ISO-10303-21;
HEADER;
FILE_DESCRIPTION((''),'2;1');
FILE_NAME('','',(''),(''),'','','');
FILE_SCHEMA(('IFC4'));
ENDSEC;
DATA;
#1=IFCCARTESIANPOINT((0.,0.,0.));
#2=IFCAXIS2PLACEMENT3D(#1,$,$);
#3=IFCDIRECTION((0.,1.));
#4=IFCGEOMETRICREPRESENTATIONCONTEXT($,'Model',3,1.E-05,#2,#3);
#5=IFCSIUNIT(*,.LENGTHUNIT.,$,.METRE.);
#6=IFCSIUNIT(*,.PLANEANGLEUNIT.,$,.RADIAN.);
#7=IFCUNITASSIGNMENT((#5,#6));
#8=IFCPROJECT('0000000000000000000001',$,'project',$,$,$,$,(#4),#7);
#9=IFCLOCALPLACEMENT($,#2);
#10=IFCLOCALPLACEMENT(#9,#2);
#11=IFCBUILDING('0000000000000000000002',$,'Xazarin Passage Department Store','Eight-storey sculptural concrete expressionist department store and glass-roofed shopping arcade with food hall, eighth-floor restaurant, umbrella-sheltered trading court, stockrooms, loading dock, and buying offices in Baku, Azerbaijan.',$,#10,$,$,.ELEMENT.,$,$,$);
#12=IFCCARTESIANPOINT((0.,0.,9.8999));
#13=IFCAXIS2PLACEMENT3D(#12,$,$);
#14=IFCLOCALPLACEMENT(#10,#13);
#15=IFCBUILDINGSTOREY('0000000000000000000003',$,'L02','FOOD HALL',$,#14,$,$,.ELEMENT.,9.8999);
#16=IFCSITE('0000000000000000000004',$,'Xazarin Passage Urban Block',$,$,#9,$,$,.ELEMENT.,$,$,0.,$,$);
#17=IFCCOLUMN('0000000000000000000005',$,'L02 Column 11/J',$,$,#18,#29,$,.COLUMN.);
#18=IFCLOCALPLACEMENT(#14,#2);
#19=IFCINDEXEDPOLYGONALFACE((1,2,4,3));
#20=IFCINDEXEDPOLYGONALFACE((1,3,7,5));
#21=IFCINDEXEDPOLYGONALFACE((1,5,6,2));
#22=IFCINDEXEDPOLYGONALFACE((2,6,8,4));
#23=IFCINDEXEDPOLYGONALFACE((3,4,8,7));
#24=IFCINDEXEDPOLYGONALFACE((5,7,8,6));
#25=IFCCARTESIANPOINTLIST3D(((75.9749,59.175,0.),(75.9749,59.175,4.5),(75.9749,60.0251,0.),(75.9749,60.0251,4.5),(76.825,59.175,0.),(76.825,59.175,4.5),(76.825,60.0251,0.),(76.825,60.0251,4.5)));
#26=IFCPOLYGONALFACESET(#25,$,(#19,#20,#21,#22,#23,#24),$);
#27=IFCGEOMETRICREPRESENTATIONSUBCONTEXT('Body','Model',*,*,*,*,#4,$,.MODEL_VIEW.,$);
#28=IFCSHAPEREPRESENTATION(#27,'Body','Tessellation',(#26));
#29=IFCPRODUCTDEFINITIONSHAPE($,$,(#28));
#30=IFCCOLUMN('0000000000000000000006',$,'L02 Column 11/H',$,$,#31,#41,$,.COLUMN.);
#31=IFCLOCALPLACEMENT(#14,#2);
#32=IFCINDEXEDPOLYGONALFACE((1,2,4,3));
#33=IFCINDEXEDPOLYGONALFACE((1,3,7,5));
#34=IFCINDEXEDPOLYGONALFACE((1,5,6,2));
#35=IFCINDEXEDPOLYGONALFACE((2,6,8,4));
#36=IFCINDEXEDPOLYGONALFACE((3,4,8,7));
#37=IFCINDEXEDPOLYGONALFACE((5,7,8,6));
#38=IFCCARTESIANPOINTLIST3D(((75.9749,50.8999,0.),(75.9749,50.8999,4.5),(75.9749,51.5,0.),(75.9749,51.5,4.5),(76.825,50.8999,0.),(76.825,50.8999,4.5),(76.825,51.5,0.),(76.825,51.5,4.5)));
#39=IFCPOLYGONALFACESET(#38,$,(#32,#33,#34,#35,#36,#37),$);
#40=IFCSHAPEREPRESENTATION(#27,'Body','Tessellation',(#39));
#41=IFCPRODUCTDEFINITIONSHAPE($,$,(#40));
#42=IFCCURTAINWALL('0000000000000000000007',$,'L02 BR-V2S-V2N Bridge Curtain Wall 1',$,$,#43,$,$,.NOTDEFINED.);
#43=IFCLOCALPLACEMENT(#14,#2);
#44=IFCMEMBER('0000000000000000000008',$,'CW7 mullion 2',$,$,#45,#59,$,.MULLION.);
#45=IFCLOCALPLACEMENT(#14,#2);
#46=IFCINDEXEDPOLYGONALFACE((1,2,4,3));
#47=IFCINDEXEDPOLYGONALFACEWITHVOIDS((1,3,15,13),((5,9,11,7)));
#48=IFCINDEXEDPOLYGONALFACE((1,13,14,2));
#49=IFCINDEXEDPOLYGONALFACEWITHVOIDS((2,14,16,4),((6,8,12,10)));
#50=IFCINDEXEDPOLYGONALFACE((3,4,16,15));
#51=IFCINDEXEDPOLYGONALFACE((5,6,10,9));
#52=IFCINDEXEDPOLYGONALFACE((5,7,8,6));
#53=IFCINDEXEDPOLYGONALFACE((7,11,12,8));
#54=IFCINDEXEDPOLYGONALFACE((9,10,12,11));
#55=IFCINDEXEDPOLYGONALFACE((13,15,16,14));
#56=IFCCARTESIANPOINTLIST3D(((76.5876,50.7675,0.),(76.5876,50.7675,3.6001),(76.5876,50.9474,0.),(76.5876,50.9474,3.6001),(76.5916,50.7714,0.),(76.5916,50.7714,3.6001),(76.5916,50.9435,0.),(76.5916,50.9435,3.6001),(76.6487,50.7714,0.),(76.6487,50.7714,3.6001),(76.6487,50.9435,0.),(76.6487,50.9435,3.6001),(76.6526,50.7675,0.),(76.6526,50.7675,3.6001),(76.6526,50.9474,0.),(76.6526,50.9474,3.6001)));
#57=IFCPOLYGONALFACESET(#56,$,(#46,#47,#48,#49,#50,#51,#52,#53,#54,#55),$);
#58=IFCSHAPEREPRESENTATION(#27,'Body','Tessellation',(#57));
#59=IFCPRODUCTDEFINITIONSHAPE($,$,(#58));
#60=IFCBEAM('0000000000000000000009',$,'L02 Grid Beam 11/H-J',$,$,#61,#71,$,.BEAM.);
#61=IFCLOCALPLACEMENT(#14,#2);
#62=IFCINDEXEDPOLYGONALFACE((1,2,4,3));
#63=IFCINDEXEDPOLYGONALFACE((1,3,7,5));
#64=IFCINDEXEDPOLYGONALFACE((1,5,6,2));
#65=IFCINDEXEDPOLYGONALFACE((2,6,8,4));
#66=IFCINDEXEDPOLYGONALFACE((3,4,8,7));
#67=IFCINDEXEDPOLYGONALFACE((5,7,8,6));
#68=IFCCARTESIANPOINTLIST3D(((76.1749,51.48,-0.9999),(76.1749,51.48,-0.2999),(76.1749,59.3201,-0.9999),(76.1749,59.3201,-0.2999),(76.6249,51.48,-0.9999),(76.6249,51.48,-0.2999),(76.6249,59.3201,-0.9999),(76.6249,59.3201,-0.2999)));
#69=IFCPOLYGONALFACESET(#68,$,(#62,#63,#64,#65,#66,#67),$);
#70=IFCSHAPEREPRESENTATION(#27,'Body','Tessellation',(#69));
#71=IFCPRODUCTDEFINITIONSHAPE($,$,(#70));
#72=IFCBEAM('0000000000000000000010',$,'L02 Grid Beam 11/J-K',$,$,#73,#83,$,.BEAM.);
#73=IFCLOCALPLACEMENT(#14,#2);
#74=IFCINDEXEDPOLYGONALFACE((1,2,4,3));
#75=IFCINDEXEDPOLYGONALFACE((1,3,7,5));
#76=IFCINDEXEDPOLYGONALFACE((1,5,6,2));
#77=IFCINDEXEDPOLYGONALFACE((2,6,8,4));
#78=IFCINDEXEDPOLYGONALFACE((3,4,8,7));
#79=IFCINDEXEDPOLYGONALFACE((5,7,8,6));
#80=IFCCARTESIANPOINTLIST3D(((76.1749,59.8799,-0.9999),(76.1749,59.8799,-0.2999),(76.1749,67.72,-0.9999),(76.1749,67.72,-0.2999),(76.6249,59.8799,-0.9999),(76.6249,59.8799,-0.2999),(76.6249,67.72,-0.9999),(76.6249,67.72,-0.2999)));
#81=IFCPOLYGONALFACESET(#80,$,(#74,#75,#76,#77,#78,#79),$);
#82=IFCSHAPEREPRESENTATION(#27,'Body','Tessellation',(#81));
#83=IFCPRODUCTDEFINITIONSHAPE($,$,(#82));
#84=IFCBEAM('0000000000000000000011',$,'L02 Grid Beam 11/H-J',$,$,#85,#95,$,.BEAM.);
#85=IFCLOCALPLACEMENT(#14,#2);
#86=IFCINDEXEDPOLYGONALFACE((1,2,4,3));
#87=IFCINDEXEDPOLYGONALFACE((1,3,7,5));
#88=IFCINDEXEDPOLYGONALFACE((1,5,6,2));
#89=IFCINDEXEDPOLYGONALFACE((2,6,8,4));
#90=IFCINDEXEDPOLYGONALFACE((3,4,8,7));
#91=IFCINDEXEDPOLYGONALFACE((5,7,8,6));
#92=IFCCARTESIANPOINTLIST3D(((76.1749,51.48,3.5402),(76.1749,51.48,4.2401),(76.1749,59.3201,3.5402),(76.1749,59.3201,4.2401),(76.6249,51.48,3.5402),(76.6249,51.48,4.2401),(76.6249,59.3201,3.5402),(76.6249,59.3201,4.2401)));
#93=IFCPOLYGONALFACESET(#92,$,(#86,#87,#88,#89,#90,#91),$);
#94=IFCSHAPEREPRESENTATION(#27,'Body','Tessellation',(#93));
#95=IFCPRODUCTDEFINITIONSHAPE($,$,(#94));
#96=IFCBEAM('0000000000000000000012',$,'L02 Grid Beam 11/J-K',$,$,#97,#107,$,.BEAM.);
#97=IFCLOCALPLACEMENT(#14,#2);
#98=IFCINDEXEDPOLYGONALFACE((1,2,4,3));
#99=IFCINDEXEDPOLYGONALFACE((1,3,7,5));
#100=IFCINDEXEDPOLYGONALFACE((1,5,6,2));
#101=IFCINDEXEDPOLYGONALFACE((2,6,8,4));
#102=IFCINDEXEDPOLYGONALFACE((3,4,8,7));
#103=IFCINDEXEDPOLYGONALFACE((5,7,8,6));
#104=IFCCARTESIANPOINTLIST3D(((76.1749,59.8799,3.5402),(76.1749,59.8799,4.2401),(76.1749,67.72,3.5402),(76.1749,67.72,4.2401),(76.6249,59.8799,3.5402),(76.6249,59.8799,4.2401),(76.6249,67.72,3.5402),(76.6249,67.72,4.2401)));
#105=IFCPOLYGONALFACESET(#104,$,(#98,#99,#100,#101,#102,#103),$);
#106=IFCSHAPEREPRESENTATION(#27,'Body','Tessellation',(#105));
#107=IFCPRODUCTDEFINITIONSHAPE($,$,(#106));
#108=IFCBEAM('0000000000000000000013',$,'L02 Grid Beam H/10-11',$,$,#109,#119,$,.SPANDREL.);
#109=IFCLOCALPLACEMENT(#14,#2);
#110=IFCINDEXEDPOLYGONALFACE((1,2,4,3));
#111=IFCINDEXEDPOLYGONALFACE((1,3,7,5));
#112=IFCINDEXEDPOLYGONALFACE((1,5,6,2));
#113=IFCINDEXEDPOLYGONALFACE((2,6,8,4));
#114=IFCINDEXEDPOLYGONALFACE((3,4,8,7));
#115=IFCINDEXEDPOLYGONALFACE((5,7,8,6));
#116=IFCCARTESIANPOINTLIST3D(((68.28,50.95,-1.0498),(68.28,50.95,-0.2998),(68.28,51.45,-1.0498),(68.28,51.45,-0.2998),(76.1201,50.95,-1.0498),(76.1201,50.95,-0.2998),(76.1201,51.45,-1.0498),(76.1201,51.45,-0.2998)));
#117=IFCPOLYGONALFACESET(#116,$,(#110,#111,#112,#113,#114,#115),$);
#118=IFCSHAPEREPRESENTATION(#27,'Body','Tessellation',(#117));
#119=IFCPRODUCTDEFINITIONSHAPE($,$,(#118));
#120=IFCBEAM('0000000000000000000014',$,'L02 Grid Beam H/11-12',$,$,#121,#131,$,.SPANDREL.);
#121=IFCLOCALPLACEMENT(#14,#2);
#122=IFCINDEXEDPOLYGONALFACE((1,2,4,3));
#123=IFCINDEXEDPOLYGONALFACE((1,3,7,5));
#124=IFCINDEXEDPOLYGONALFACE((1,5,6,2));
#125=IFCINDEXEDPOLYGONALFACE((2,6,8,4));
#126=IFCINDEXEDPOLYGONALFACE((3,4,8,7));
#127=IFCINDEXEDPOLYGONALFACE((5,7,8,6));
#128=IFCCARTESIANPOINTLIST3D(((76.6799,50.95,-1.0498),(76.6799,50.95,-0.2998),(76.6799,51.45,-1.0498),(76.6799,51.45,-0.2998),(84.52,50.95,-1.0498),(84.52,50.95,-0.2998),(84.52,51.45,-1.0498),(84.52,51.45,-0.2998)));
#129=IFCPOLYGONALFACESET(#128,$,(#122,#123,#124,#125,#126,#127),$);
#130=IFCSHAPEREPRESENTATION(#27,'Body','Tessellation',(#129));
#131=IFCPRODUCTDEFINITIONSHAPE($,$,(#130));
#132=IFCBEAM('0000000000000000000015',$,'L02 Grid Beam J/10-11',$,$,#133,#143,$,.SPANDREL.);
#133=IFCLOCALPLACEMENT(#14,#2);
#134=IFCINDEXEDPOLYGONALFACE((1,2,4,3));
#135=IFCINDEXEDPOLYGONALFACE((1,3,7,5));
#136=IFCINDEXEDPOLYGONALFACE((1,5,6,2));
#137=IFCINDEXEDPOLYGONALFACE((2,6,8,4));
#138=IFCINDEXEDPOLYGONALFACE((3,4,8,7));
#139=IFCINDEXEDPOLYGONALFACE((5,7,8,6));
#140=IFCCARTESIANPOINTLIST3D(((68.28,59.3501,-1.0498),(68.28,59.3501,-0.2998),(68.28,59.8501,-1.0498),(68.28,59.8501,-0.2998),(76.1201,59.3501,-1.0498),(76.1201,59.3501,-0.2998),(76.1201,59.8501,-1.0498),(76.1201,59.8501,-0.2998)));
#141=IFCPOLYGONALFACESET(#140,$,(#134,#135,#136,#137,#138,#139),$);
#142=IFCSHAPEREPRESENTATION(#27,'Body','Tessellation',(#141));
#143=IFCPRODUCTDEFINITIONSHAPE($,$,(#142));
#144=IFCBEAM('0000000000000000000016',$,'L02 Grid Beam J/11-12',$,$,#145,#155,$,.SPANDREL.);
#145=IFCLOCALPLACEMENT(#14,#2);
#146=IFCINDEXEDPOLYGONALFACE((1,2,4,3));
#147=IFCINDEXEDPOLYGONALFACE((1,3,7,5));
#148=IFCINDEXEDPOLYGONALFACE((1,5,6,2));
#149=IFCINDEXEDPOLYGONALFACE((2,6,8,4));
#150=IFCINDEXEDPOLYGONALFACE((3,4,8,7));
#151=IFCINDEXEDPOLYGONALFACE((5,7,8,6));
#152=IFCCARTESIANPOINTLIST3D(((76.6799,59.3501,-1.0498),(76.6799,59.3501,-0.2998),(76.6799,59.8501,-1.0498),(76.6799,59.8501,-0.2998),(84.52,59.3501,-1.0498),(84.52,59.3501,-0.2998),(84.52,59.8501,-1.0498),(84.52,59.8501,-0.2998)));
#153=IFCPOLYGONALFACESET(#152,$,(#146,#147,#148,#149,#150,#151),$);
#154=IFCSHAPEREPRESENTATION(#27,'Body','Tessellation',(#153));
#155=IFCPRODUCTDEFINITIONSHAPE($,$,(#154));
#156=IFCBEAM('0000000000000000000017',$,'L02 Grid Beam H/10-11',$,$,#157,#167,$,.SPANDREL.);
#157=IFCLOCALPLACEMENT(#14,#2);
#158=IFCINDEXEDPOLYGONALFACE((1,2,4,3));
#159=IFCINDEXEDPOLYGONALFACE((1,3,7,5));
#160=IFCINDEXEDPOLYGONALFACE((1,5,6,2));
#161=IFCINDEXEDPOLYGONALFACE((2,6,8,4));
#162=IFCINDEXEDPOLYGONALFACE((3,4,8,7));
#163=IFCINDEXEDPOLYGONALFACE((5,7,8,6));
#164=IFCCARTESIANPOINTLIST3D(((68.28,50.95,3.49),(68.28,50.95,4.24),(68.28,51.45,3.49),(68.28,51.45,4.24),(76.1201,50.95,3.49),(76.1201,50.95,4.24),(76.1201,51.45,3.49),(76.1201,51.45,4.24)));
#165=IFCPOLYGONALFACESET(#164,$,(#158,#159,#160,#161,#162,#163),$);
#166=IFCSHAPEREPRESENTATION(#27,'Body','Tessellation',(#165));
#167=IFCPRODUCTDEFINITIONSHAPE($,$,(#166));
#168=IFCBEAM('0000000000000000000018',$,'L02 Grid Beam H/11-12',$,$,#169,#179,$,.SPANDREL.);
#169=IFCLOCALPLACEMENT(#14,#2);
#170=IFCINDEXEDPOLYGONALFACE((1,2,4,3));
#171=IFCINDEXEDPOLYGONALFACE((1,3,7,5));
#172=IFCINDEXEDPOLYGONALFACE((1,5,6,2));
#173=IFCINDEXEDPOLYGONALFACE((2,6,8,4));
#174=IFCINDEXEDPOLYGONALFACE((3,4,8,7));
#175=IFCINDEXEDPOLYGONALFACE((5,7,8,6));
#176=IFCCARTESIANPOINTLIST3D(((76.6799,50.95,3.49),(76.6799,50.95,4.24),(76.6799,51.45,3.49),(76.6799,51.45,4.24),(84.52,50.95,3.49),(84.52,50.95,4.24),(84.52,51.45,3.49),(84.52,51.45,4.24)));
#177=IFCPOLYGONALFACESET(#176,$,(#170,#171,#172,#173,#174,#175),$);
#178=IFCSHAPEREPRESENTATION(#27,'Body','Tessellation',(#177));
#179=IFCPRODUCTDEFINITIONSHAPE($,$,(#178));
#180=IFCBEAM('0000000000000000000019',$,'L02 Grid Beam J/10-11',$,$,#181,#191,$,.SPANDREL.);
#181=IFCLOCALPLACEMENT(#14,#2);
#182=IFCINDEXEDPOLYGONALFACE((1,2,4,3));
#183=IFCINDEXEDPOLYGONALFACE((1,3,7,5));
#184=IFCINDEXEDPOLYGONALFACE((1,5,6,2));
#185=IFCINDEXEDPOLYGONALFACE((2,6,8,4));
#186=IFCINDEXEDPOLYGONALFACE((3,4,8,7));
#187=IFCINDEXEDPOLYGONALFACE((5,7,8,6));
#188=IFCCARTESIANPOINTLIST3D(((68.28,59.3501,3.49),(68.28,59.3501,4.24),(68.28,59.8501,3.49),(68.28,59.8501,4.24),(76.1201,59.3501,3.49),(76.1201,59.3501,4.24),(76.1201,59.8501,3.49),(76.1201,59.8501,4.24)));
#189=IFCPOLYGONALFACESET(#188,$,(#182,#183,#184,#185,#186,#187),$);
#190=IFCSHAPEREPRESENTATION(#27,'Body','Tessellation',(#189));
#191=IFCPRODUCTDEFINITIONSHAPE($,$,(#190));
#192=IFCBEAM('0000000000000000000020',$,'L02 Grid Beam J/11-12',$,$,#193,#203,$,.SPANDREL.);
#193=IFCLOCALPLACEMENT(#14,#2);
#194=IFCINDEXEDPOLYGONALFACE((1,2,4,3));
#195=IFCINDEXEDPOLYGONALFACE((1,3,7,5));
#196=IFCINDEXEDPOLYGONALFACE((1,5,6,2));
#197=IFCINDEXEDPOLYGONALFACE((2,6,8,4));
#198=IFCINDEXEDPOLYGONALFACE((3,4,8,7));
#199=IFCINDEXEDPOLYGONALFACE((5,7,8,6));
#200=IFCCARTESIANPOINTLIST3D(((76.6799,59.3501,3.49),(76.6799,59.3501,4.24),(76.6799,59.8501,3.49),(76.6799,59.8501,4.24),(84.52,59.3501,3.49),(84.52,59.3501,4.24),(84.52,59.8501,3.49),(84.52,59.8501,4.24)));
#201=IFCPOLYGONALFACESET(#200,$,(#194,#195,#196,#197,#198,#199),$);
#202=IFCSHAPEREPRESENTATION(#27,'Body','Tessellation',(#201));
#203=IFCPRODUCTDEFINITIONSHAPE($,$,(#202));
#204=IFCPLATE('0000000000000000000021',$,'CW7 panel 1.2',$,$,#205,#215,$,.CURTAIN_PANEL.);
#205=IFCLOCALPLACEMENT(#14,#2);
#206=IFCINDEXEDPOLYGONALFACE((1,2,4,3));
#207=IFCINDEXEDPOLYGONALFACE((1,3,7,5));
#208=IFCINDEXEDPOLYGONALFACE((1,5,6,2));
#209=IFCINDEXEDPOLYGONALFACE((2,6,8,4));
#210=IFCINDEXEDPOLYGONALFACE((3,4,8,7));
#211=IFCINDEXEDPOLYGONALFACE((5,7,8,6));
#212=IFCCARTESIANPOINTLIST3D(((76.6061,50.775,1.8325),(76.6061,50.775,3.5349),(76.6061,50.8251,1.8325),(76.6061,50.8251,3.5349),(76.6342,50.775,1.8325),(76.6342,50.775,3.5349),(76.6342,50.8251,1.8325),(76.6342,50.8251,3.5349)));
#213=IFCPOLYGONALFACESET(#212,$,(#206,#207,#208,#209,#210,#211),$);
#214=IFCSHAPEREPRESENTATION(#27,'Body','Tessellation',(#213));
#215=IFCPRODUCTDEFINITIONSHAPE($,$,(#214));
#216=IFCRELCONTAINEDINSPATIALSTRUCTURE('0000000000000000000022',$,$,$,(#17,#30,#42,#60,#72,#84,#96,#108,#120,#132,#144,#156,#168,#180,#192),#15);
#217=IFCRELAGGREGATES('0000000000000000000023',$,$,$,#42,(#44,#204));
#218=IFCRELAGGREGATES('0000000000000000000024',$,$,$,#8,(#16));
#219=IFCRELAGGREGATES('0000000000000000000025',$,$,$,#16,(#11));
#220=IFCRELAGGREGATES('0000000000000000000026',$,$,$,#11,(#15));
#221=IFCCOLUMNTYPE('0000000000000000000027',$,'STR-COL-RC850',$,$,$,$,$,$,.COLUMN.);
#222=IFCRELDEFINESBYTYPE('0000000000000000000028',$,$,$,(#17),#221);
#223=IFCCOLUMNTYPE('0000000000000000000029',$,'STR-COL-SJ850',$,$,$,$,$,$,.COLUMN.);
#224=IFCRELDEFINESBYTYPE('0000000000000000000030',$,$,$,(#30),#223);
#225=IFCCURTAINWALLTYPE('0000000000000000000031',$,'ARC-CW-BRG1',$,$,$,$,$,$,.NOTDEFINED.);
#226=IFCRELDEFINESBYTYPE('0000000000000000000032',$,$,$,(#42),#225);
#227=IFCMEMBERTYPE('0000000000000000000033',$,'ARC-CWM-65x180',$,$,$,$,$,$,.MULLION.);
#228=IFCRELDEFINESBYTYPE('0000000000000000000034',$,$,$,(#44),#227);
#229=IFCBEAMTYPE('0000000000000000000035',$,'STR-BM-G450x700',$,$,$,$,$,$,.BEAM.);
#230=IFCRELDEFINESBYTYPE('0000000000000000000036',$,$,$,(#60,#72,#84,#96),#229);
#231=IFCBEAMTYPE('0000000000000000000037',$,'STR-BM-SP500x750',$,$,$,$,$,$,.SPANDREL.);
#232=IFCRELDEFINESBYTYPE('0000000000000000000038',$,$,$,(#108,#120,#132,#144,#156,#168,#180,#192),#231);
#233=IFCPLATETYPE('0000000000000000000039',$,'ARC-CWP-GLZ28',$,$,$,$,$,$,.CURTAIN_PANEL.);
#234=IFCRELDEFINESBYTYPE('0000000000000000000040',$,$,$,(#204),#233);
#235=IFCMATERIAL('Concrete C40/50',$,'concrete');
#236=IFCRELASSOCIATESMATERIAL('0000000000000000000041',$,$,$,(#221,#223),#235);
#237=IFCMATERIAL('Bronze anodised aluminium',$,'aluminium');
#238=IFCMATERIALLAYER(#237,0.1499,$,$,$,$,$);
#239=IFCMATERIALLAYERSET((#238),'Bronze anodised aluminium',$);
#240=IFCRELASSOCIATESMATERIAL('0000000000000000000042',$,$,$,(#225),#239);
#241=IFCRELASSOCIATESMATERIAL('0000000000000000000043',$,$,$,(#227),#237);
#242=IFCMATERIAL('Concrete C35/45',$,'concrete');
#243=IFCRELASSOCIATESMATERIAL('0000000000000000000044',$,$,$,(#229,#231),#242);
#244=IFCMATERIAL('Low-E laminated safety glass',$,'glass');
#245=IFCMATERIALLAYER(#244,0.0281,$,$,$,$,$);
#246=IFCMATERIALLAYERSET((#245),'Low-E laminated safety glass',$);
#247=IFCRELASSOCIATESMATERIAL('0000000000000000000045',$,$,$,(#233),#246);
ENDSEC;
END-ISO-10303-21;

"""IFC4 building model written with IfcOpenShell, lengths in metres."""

from ifc_helpers import new_model, si_unit, direction, frame, origin, origin_2d, place, context, subcontext, project, spatial, rectangle, hollow_rectangle, extrude, material, layer, layer_set, material_profile, profile_set, type_object, element, aggregate, save


model = new_model("IFC4")

# Units and contexts
model_context = context("Model", 3, precision=1e-05, world=origin(), true_north=direction((0.0, 1.0)))
body_context = subcontext(model_context, "Body", "Model", "MODEL_VIEW")
ifc_project = project(units=[si_unit("LENGTHUNIT", "METRE"), si_unit("PLANEANGLEUNIT", "RADIAN")], contexts=[model_context])

# Site, building, storey
site_placement = place(None, origin())
site = spatial("IfcSite", under=ifc_project, at=site_placement, Name="Xazarin Passage Urban Block", CompositionType="ELEMENT", RefElevation=0.0)
building_placement = place(site_placement, origin())
building = spatial("IfcBuilding", under=site, at=building_placement, Name="Xazarin Passage Department Store", Description="Eight-storey sculptural concrete expressionist department store and glass-roofed shopping arcade with food hall, eighth-floor restaurant, umbrella-sheltered trading court, stockrooms, loading dock, and buying offices in Baku, Azerbaijan.", CompositionType="ELEMENT")
storey_placement = place(building_placement, frame((0.0, 0.0, 9.8999)))
storey = spatial("IfcBuildingStorey", under=building, at=storey_placement, Name="L02", Description="FOOD HALL", CompositionType="ELEMENT", Elevation=9.8999)

# Columns
ifc_material_1 = material(Name="Concrete C40/50", Category="concrete")
ifc_material_profile_1 = material_profile(ifc_material_1, rectangle(XDim=0.8501, YDim=0.8501, at=origin_2d()), Name="RC 850x850")
ifc_profile_set_1 = profile_set([ifc_material_profile_1], Name="Concrete C40/50")
column_type_1 = type_object("IfcColumnType", Name="STR-COL-RC850", PredefinedType="COLUMN", material=ifc_profile_set_1)
column_1_placement = place(storey_placement, frame((76.3999, 59.6001, 0.0), z_axis=(0.0, 0.0, 1.0), x_axis=(1.0, 0.0, 0.0)))
element("IfcColumn", 1, at=column_1_placement, inside=storey, type_object=column_type_1, Name="L02 Column 11/J", PredefinedType="COLUMN", context=body_context, shape_type="SweptSolid", body=[
    extrude(rectangle(XDim=0.8501, YDim=0.8501, at=origin_2d()), origin(), (0.0, 0.0, 1.0), 4.5),
])
ifc_material_profile_2 = material_profile(ifc_material_1, rectangle(XDim=0.6001, YDim=0.8501, at=origin_2d()), Name="RC 600x850")
ifc_profile_set_2 = profile_set([ifc_material_profile_2], Name="Concrete C40/50")
column_type_2 = type_object("IfcColumnType", Name="STR-COL-SJ850", PredefinedType="COLUMN", material=ifc_profile_set_2)
column_2_placement = place(storey_placement, frame((76.3999, 51.2, 0.0), z_axis=(0.0, 0.0, 1.0), x_axis=(0.0, 1.0, 0.0)))
element("IfcColumn", 2, at=column_2_placement, inside=storey, type_object=column_type_2, Name="L02 Column 11/H", PredefinedType="COLUMN", context=body_context, shape_type="SweptSolid", body=[
    extrude(rectangle(XDim=0.6001, YDim=0.8501, at=origin_2d()), origin(), (0.0, 0.0, 1.0), 4.5),
])

# Curtain wall, member
ifc_material_2 = material(Name="Bronze anodised aluminium", Category="aluminium")
ifc_layer_1 = layer(ifc_material_2, 0.1499)
ifc_layer_set_1 = layer_set([ifc_layer_1], Name="Bronze anodised aluminium")
curtain_wall_type = type_object("IfcCurtainWallType", Name="ARC-CW-BRG1", PredefinedType="NOTDEFINED", material=ifc_layer_set_1)
curtain_wall_placement = place(storey_placement, origin())
curtain_wall = element("IfcCurtainWall", 3, at=curtain_wall_placement, inside=storey, type_object=curtain_wall_type, Name="L02 BR-V2S-V2N Bridge Curtain Wall 1", PredefinedType="NOTDEFINED")
ifc_material_profile_3 = material_profile(ifc_material_2, hollow_rectangle(XDim=0.0649, YDim=0.1799, WallThickness=0.0039, at=origin_2d()), Name="ALU 65x180")
ifc_profile_set_3 = profile_set([ifc_material_profile_3], Name="Bronze anodised aluminium")
member_type = type_object("IfcMemberType", Name="ARC-CWM-65x180", PredefinedType="MULLION", material=ifc_profile_set_3)
member_placement = place(storey_placement, frame((76.6201, 50.8574, 0.0), z_axis=(0.0, 0.0, 1.0), x_axis=(-1.0, 0.0, 0.0)))
member = element("IfcMember", 4, at=member_placement, type_object=member_type, Name="CW7 mullion 2", PredefinedType="MULLION", context=body_context, shape_type="SweptSolid", body=[
    extrude(hollow_rectangle(XDim=0.0649, YDim=0.1799, WallThickness=0.0039, at=origin_2d()), origin(), (0.0, 0.0, 1.0), 3.6001),
])

# Beams
ifc_material_3 = material(Name="Concrete C35/45", Category="concrete")
ifc_material_profile_4 = material_profile(ifc_material_3, rectangle(XDim=0.45, YDim=0.7, at=origin_2d()), Name="RC 450x700")
ifc_profile_set_4 = profile_set([ifc_material_profile_4], Name="Concrete C35/45")
beam_type_1 = type_object("IfcBeamType", Name="STR-BM-G450x700", PredefinedType="BEAM", material=ifc_profile_set_4)
for number, where, z_axis, x_axis, name in (
    (5, (76.3999, 51.48, -0.6499), (0.0, 1.0, 0.0), (-1.0, 0.0, 0.0), "L02 Grid Beam 11/H-J"),
    (6, (76.3999, 59.8799, -0.6499), (0.0, 1.0, 0.0), (-1.0, 0.0, 0.0), "L02 Grid Beam 11/J-K"),
    (7, (76.3999, 51.48, 3.8901), (0.0, 1.0, 0.0), (-1.0, 0.0, 0.0), "L02 Grid Beam 11/H-J"),
    (8, (76.3999, 59.8799, 3.8901), (0.0, 1.0, 0.0), (-1.0, 0.0, 0.0), "L02 Grid Beam 11/J-K"),
):
    element("IfcBeam", number, at=place(storey_placement, frame(where, z_axis=z_axis, x_axis=x_axis)), inside=storey, type_object=beam_type_1, Name=name, PredefinedType="BEAM", context=body_context, shape_type="SweptSolid", body=[
        extrude(rectangle(XDim=0.45, YDim=0.7, at=origin_2d()), origin(), (0.0, 0.0, 1.0), 7.8401),
    ])
ifc_material_profile_5 = material_profile(ifc_material_3, rectangle(XDim=0.5, YDim=0.75, at=origin_2d()), Name="RC 500x750")
ifc_profile_set_5 = profile_set([ifc_material_profile_5], Name="Concrete C35/45")
beam_type_2 = type_object("IfcBeamType", Name="STR-BM-SP500x750", PredefinedType="SPANDREL", material=ifc_profile_set_5)
for number, where, z_axis, x_axis, name in (
    (9, (68.28, 51.2, -0.6748), (1.0, 0.0, 0.0), (0.0, 1.0, 0.0), "L02 Grid Beam H/10-11"),
    (10, (76.6799, 51.2, -0.6748), (1.0, 0.0, 0.0), (0.0, 1.0, 0.0), "L02 Grid Beam H/11-12"),
    (11, (68.28, 59.6001, -0.6748), (1.0, 0.0, 0.0), (0.0, 1.0, 0.0), "L02 Grid Beam J/10-11"),
    (12, (76.6799, 59.6001, -0.6748), (1.0, 0.0, 0.0), (0.0, 1.0, 0.0), "L02 Grid Beam J/11-12"),
    (13, (68.28, 51.2, 3.865), (1.0, 0.0, 0.0), (0.0, 1.0, 0.0), "L02 Grid Beam H/10-11"),
    (14, (76.6799, 51.2, 3.865), (1.0, 0.0, 0.0), (0.0, 1.0, 0.0), "L02 Grid Beam H/11-12"),
    (15, (68.28, 59.6001, 3.865), (1.0, 0.0, 0.0), (0.0, 1.0, 0.0), "L02 Grid Beam J/10-11"),
    (16, (76.6799, 59.6001, 3.865), (1.0, 0.0, 0.0), (0.0, 1.0, 0.0), "L02 Grid Beam J/11-12"),
):
    element("IfcBeam", number, at=place(storey_placement, frame(where, z_axis=z_axis, x_axis=x_axis)), inside=storey, type_object=beam_type_2, Name=name, PredefinedType="SPANDREL", context=body_context, shape_type="SweptSolid", body=[
        extrude(rectangle(XDim=0.5, YDim=0.75, at=origin_2d()), origin(), (0.0, 0.0, 1.0), 7.8401),
    ])

# Plate
ifc_material_4 = material(Name="Low-E laminated safety glass", Category="glass")
ifc_layer_2 = layer(ifc_material_4, 0.0281)
ifc_layer_set_2 = layer_set([ifc_layer_2], Name="Low-E laminated safety glass")
plate_type_1 = type_object("IfcPlateType", Name="ARC-CWP-GLZ28", PredefinedType="CURTAIN_PANEL", material=ifc_layer_set_2)
plate_1_placement = place(storey_placement, frame((76.6201, 50.8, 1.8325), z_axis=(0.0, 0.0, 1.0), x_axis=(0.0, 1.0, 0.0)))
plate_1 = element("IfcPlate", 17, at=plate_1_placement, type_object=plate_type_1, Name="CW7 panel 1.2", PredefinedType="CURTAIN_PANEL", context=body_context, shape_type="SweptSolid", body=[
    extrude(rectangle(XDim=0.05, YDim=0.0281, at=origin_2d()), origin(), (0.0, 0.0, 1.0), 1.7024),
])
aggregate(curtain_wall, [member, plate_1])

save(model, "model.ifc")
